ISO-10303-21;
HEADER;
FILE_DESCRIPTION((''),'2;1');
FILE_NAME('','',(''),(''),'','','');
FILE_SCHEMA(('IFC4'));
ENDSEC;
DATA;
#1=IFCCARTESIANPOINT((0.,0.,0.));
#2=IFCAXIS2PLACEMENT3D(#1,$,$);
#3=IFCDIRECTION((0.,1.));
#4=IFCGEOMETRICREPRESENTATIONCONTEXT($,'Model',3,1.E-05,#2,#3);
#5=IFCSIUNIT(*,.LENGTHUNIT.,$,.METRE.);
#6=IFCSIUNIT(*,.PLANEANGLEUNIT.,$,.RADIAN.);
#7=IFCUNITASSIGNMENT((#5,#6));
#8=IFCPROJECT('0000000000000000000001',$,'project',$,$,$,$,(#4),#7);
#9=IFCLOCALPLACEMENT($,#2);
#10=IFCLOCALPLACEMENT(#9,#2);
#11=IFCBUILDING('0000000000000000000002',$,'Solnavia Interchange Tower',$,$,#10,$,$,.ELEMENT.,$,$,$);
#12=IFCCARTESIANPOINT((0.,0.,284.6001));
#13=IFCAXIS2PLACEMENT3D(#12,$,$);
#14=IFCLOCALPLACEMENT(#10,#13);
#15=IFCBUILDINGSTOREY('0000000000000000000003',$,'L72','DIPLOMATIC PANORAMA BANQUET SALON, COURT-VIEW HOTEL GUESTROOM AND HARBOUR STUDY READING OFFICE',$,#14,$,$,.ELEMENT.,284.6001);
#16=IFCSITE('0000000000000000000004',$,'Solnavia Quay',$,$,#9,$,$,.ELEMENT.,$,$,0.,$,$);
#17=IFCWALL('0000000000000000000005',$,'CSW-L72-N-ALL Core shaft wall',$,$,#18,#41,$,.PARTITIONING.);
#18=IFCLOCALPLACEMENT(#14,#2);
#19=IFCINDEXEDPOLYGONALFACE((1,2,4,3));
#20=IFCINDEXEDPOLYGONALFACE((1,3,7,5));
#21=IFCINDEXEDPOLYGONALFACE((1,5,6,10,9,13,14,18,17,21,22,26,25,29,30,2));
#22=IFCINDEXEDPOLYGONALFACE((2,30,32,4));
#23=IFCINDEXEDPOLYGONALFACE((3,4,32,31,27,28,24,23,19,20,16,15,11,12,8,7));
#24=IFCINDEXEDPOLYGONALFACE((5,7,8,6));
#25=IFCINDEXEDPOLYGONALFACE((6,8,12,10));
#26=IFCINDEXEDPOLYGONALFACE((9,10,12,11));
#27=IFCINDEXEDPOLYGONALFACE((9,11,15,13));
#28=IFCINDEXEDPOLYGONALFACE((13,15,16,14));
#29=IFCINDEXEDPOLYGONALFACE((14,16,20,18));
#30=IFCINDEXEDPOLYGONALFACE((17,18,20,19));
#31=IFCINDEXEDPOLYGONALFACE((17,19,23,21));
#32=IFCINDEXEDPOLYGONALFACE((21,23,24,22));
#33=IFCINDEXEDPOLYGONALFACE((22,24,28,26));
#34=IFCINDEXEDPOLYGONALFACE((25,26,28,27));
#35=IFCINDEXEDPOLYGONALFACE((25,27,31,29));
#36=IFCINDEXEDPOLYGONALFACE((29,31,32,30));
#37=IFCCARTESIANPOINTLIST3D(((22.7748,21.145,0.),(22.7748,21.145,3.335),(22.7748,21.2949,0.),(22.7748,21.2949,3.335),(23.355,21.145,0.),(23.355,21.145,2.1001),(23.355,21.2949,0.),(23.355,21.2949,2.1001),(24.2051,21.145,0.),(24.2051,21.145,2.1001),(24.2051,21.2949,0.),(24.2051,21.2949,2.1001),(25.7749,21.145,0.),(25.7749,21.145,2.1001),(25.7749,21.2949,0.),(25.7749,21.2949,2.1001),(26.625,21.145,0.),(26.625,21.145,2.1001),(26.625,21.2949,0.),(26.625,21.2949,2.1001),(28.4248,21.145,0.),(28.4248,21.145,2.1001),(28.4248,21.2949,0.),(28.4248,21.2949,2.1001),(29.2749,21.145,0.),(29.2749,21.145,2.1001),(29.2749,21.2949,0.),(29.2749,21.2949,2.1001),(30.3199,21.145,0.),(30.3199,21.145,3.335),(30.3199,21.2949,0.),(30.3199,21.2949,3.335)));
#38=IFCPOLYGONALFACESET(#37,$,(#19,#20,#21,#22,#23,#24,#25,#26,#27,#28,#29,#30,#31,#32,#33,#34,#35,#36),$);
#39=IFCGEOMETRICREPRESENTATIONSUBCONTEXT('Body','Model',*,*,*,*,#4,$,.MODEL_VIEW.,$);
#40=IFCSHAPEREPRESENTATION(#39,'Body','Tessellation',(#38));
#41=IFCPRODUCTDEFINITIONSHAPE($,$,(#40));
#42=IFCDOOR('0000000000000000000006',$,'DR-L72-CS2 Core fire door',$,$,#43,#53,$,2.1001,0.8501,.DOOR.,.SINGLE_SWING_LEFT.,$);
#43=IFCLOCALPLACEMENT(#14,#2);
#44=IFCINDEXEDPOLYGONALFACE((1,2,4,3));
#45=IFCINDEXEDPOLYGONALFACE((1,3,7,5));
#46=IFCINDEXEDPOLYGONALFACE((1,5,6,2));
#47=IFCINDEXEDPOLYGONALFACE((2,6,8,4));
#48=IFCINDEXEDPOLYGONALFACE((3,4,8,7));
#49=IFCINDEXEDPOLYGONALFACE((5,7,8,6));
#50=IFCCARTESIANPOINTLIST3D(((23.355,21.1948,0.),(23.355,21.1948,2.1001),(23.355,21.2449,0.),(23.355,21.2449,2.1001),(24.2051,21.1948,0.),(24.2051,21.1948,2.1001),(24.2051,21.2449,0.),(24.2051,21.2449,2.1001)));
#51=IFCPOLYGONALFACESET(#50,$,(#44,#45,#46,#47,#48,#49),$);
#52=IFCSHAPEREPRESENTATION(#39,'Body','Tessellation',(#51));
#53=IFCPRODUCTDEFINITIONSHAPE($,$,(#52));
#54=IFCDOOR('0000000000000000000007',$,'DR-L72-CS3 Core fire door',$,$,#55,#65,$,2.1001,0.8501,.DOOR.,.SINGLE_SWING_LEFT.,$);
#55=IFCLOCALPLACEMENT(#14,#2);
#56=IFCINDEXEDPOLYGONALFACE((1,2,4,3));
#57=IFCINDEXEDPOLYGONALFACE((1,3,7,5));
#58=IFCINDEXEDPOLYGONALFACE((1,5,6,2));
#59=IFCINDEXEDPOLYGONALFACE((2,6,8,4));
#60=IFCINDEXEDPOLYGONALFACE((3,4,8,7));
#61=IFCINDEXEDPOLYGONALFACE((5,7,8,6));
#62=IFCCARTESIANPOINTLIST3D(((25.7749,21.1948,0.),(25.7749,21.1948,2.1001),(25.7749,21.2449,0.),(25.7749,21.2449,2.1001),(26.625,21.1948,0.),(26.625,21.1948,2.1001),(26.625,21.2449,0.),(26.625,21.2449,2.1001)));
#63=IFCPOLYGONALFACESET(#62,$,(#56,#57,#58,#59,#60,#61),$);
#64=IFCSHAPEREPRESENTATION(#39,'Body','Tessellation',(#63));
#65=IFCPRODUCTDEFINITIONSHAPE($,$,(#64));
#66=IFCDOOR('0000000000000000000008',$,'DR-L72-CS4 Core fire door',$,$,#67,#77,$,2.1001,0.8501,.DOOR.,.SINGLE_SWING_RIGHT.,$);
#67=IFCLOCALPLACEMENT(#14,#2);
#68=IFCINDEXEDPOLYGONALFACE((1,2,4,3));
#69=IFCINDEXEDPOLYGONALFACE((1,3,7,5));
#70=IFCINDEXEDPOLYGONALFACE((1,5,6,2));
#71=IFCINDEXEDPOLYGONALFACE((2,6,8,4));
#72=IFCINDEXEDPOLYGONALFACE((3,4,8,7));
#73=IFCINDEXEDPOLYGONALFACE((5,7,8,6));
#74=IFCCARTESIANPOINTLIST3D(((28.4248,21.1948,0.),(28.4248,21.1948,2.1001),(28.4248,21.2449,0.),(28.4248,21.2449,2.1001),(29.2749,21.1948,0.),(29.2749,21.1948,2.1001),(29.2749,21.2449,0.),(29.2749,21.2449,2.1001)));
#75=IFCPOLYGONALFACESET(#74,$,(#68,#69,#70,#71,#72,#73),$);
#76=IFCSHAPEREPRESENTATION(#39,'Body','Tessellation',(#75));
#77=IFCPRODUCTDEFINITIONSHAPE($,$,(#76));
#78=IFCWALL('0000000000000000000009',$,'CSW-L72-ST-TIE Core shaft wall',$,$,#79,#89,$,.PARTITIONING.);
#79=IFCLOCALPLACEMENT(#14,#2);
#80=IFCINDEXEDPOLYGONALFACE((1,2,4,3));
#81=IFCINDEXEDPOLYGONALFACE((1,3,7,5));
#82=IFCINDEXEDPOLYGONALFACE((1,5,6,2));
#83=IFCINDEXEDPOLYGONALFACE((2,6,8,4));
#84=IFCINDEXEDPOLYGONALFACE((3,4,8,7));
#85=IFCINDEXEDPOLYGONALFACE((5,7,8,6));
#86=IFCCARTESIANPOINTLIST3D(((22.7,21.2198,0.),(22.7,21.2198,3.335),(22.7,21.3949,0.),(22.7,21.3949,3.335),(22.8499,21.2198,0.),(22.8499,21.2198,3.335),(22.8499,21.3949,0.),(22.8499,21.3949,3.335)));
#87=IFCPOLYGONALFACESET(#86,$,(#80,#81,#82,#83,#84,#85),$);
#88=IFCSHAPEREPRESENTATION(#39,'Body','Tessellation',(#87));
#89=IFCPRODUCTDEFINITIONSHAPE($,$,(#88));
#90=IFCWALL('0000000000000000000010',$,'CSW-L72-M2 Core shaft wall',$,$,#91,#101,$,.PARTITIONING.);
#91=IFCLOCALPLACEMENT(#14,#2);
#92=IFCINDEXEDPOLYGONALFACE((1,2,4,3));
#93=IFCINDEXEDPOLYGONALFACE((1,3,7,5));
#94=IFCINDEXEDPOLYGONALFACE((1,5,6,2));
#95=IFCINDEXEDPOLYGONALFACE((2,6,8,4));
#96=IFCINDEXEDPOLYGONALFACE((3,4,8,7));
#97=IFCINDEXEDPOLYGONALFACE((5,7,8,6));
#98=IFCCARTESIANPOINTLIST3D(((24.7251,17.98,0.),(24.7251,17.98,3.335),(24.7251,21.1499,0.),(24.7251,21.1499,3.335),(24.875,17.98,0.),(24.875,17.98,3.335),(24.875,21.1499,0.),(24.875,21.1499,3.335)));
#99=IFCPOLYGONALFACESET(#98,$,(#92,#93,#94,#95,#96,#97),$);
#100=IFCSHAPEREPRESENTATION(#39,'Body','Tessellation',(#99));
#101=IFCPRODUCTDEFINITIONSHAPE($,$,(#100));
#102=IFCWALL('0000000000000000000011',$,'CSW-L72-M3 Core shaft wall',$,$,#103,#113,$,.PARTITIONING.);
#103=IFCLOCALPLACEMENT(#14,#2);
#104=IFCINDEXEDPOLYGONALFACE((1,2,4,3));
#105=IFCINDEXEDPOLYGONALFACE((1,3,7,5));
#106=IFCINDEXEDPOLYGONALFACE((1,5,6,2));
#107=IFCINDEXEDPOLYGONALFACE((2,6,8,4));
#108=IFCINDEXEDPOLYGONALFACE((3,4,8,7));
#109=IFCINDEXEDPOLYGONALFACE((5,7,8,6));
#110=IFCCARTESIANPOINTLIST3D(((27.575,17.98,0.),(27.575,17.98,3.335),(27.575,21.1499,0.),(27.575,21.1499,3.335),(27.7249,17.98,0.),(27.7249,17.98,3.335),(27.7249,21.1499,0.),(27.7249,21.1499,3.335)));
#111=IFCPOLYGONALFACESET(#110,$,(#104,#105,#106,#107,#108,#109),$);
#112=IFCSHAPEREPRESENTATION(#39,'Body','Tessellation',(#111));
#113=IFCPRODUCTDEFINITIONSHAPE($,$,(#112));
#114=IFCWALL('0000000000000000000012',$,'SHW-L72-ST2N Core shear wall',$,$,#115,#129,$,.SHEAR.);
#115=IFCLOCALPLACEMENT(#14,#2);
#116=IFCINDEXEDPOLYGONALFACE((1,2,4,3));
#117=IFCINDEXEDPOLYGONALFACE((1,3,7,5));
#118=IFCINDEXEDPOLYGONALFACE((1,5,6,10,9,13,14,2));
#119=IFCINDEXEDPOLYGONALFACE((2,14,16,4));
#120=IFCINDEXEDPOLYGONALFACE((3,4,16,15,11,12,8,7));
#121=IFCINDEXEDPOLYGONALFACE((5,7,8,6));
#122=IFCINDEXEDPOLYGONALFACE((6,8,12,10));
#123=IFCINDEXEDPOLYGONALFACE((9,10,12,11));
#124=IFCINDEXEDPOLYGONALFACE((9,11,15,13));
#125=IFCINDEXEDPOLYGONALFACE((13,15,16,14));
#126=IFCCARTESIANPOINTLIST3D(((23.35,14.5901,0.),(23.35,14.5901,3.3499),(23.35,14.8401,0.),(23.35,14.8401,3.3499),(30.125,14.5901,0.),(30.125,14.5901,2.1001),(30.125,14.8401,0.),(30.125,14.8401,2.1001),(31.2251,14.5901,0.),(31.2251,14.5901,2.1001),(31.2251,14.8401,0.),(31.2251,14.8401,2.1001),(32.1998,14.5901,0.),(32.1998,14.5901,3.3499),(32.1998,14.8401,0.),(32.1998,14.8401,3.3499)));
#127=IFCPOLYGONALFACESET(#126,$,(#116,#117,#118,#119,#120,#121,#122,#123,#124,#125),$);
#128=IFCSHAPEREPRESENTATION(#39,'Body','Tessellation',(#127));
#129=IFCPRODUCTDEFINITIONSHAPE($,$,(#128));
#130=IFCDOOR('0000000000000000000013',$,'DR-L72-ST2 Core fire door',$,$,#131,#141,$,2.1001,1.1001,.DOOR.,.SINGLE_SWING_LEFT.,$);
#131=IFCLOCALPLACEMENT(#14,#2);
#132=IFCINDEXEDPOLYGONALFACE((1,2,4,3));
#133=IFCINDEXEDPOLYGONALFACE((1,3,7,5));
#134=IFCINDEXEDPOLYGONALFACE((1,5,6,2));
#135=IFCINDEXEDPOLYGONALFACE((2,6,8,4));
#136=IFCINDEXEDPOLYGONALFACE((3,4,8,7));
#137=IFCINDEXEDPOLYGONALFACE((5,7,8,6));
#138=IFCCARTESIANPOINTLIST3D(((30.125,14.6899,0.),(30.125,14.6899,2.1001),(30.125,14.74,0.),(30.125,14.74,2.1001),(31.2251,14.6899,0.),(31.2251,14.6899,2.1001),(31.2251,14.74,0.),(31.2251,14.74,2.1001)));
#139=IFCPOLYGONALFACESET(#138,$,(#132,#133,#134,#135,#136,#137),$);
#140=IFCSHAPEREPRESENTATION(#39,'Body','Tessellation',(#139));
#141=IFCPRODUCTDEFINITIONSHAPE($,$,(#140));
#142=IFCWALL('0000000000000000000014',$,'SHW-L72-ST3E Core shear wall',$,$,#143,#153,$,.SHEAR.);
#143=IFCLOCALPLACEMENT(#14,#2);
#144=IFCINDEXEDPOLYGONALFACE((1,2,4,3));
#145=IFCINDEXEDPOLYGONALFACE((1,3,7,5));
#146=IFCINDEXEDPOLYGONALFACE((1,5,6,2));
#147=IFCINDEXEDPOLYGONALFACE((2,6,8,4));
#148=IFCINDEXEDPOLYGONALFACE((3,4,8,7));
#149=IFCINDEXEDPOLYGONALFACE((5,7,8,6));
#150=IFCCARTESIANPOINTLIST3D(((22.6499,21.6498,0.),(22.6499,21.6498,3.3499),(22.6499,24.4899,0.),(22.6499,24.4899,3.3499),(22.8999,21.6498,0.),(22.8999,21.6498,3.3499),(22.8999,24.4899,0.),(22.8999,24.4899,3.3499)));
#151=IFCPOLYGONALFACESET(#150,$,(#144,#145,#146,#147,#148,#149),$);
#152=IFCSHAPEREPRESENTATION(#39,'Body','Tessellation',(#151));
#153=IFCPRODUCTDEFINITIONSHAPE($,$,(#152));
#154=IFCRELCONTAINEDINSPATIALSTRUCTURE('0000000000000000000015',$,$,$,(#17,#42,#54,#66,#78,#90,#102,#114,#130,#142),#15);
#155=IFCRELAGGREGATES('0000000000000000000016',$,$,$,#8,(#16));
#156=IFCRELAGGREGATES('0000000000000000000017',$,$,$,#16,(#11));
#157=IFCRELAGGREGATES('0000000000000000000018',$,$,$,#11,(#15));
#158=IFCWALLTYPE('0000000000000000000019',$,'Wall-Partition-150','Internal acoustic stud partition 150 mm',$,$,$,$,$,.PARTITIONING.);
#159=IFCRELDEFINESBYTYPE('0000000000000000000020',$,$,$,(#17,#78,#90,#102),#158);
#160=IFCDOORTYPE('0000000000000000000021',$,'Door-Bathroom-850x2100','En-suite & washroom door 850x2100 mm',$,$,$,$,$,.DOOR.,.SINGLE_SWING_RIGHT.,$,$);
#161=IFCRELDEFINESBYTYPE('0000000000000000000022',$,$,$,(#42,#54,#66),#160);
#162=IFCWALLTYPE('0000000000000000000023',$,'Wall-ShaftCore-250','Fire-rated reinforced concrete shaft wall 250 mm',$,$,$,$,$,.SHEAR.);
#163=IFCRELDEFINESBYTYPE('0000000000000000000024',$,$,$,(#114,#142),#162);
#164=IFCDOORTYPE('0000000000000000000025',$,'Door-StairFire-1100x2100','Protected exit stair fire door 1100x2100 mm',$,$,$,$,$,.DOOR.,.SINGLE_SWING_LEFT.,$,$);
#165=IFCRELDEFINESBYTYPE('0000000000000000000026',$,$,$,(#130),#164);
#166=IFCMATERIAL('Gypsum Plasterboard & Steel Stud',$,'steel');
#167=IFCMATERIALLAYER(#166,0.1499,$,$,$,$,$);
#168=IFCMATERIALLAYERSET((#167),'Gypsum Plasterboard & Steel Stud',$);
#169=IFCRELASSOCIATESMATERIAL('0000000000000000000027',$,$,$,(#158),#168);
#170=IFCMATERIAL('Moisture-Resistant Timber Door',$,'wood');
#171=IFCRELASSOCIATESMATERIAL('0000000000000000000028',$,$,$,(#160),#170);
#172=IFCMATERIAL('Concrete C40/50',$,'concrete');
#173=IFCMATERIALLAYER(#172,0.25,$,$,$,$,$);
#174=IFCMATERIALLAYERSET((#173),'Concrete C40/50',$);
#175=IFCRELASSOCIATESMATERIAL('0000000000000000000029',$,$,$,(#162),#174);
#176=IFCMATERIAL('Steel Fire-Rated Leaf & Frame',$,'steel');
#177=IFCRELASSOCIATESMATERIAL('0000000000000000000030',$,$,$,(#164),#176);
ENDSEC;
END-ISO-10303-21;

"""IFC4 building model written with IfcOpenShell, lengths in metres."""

from ifc_helpers import new_model, si_unit, direction, frame, frame_2d, origin, place, context, subcontext, project, spatial, rectangle, extrude, material, layer, layer_set, type_object, element, fill, save


model = new_model("IFC4")

# Units and contexts
model_context = context("Model", 3, precision=1e-05, world=origin(), true_north=direction((0.0, 1.0)))
body_context = subcontext(model_context, "Body", "Model", "MODEL_VIEW")
ifc_project = project(units=[si_unit("LENGTHUNIT", "METRE"), si_unit("PLANEANGLEUNIT", "RADIAN")], contexts=[model_context])

# Site, building, storey
site_placement = place(None, origin())
site = spatial("IfcSite", under=ifc_project, at=site_placement, Name="Solnavia Quay", CompositionType="ELEMENT", RefElevation=0.0)
building_placement = place(site_placement, origin())
building = spatial("IfcBuilding", under=site, at=building_placement, Name="Solnavia Interchange Tower", CompositionType="ELEMENT")
storey_placement = place(building_placement, frame((0.0, 0.0, 284.6001)))
storey = spatial("IfcBuildingStorey", under=building, at=storey_placement, Name="L72", Description="DIPLOMATIC PANORAMA BANQUET SALON, COURT-VIEW HOTEL GUESTROOM AND HARBOUR STUDY READING OFFICE", CompositionType="ELEMENT", Elevation=284.6001)

# Wall, openings, doors
ifc_material_1 = material(Name="Gypsum Plasterboard & Steel Stud", Category="steel")
ifc_layer_1 = layer(ifc_material_1, 0.1499)
ifc_layer_set_1 = layer_set([ifc_layer_1], Name="Gypsum Plasterboard & Steel Stud")
wall_type_1 = type_object("IfcWallType", Name="Wall-Partition-150", Description="Internal acoustic stud partition 150 mm", PredefinedType="PARTITIONING", material=ifc_layer_set_1)
wall_1_placement = place(storey_placement, frame((22.7749, 21.22, 0.0), z_axis=(0.0, 0.0, 1.0), x_axis=(1.0, 0.0, 0.0)))
wall_1 = element("IfcWall", 1, at=wall_1_placement, inside=storey, type_object=wall_type_1, Name="CSW-L72-N-ALL Core shaft wall", PredefinedType="PARTITIONING", context=body_context, shape_type="SweptSolid", body=[
    extrude(rectangle(XDim=7.5452, YDim=0.1499, at=frame_2d((3.7725, 0.0))), origin(), (0.0, 0.0, 1.0), 3.335),
])
opening_1_placement = place(wall_1_placement, frame((0.5801, 0.0, 0.0)))
opening_1 = element("IfcOpeningElement", 2, at=opening_1_placement, cuts=wall_1, PredefinedType="OPENING", context=body_context, shape_type="SweptSolid", body=[
    extrude(rectangle(XDim=0.8501, YDim=2.1001, at=frame_2d((0.425, 1.05))), frame((0.0, 0.085, 0.0), z_axis=(0.0, -1.0, 0.0), x_axis=(1.0, 0.0, 0.0)), (0.0, 0.0, 1.0), 0.1699),
])
opening_2_placement = place(wall_1_placement, frame((3.0, 0.0, 0.0)))
opening_2 = element("IfcOpeningElement", 3, at=opening_2_placement, cuts=wall_1, PredefinedType="OPENING", context=body_context, shape_type="SweptSolid", body=[
    extrude(rectangle(XDim=0.8501, YDim=2.1001, at=frame_2d((0.425, 1.05))), frame((0.0, 0.085, 0.0), z_axis=(0.0, -1.0, 0.0), x_axis=(1.0, 0.0, 0.0)), (0.0, 0.0, 1.0), 0.1699),
])
opening_3_placement = place(wall_1_placement, frame((5.6499, 0.0, 0.0)))
opening_3 = element("IfcOpeningElement", 4, at=opening_3_placement, cuts=wall_1, PredefinedType="OPENING", context=body_context, shape_type="SweptSolid", body=[
    extrude(rectangle(XDim=0.8501, YDim=2.1001, at=frame_2d((0.425, 1.05))), frame((0.0, 0.085, 0.0), z_axis=(0.0, -1.0, 0.0), x_axis=(1.0, 0.0, 0.0)), (0.0, 0.0, 1.0), 0.1699),
])
ifc_material_2 = material(Name="Moisture-Resistant Timber Door", Category="wood")
door_type_1 = type_object("IfcDoorType", Name="Door-Bathroom-850x2100", Description="En-suite & washroom door 850x2100 mm", OperationType="SINGLE_SWING_RIGHT", PredefinedType="DOOR", material=ifc_material_2)
door_1_placement = place(opening_1_placement, origin())
door_1 = element("IfcDoor", 5, at=door_1_placement, inside=storey, type_object=door_type_1, Name="DR-L72-CS2 Core fire door", OperationType="SINGLE_SWING_LEFT", OverallHeight=2.1001, OverallWidth=0.8501, PredefinedType="DOOR", context=body_context, shape_type="SweptSolid", body=[
    extrude(rectangle(XDim=0.8501, YDim=2.1001, at=frame_2d((0.425, 1.05))), frame((0.0, 0.0249, 0.0), z_axis=(0.0, -1.0, 0.0), x_axis=(1.0, 0.0, 0.0)), (0.0, 0.0, 1.0), 0.05),
])
fill(opening_1, door_1)
door_2_placement = place(opening_2_placement, origin())
door_2 = element("IfcDoor", 6, at=door_2_placement, inside=storey, type_object=door_type_1, Name="DR-L72-CS3 Core fire door", OperationType="SINGLE_SWING_LEFT", OverallHeight=2.1001, OverallWidth=0.8501, PredefinedType="DOOR", context=body_context, shape_type="SweptSolid", body=[
    extrude(rectangle(XDim=0.8501, YDim=2.1001, at=frame_2d((0.425, 1.05))), frame((0.0, 0.0249, 0.0), z_axis=(0.0, -1.0, 0.0), x_axis=(1.0, 0.0, 0.0)), (0.0, 0.0, 1.0), 0.05),
])
fill(opening_2, door_2)
door_3_placement = place(opening_3_placement, origin())
door_3 = element("IfcDoor", 7, at=door_3_placement, inside=storey, type_object=door_type_1, Name="DR-L72-CS4 Core fire door", OperationType="SINGLE_SWING_RIGHT", OverallHeight=2.1001, OverallWidth=0.8501, PredefinedType="DOOR", context=body_context, shape_type="SweptSolid", body=[
    extrude(rectangle(XDim=0.8501, YDim=2.1001, at=frame_2d((0.425, 1.05))), frame((0.0, 0.0249, 0.0), z_axis=(0.0, -1.0, 0.0), x_axis=(1.0, 0.0, 0.0)), (0.0, 0.0, 1.0), 0.05),
])
fill(opening_3, door_3)

# Walls
wall_2_placement = place(storey_placement, frame((22.7749, 21.22, 0.0), z_axis=(0.0, 0.0, 1.0), x_axis=(0.0, 1.0, 0.0)))
element("IfcWall", 8, at=wall_2_placement, inside=storey, type_object=wall_type_1, Name="CSW-L72-ST-TIE Core shaft wall", PredefinedType="PARTITIONING", context=body_context, shape_type="SweptSolid", body=[
    extrude(rectangle(XDim=0.175, YDim=0.1499, at=frame_2d((0.0874, 0.0))), origin(), (0.0, 0.0, 1.0), 3.335),
])
for number, where, z_axis, x_axis, name in (
    (9, (24.8, 17.98, 0.0), (0.0, 0.0, 1.0), (0.0, 1.0, 0.0), "CSW-L72-M2 Core shaft wall"),
    (10, (27.6499, 17.98, 0.0), (0.0, 0.0, 1.0), (0.0, 1.0, 0.0), "CSW-L72-M3 Core shaft wall"),
):
    element("IfcWall", number, at=place(storey_placement, frame(where, z_axis=z_axis, x_axis=x_axis)), inside=storey, type_object=wall_type_1, Name=name, PredefinedType="PARTITIONING", context=body_context, shape_type="SweptSolid", body=[
        extrude(rectangle(XDim=3.1699, YDim=0.1499, at=frame_2d((1.585, 0.0))), origin(), (0.0, 0.0, 1.0), 3.335),
    ])

# Wall, opening, door
ifc_material_3 = material(Name="Concrete C40/50", Category="concrete")
ifc_layer_2 = layer(ifc_material_3, 0.25)
ifc_layer_set_2 = layer_set([ifc_layer_2], Name="Concrete C40/50")
wall_type_2 = type_object("IfcWallType", Name="Wall-ShaftCore-250", Description="Fire-rated reinforced concrete shaft wall 250 mm", PredefinedType="SHEAR", material=ifc_layer_set_2)
wall_3_placement = place(storey_placement, frame((23.3501, 14.7151, 0.0), z_axis=(0.0, 0.0, 1.0), x_axis=(1.0, 0.0, 0.0)))
wall_3 = element("IfcWall", 11, at=wall_3_placement, inside=storey, type_object=wall_type_2, Name="SHW-L72-ST2N Core shear wall", PredefinedType="SHEAR", context=body_context, shape_type="SweptSolid", body=[
    extrude(rectangle(XDim=8.8499, YDim=0.25, at=frame_2d((4.4248, 0.0))), origin(), (0.0, 0.0, 1.0), 3.3499),
])
opening_4_placement = place(wall_3_placement, frame((6.7749, 0.0, 0.0)))
opening_4 = element("IfcOpeningElement", 12, at=opening_4_placement, cuts=wall_3, PredefinedType="OPENING", context=body_context, shape_type="SweptSolid", body=[
    extrude(rectangle(XDim=1.1001, YDim=2.1001, at=frame_2d((0.55, 1.05))), frame((0.0, 0.135, 0.0), z_axis=(0.0, -1.0, 0.0), x_axis=(1.0, 0.0, 0.0)), (0.0, 0.0, 1.0), 0.27),
])
ifc_material_4 = material(Name="Steel Fire-Rated Leaf & Frame", Category="steel")
door_type_2 = type_object("IfcDoorType", Name="Door-StairFire-1100x2100", Description="Protected exit stair fire door 1100x2100 mm", OperationType="SINGLE_SWING_LEFT", PredefinedType="DOOR", material=ifc_material_4)
door_4_placement = place(opening_4_placement, origin())
door_4 = element("IfcDoor", 13, at=door_4_placement, inside=storey, type_object=door_type_2, Name="DR-L72-ST2 Core fire door", OperationType="SINGLE_SWING_LEFT", OverallHeight=2.1001, OverallWidth=1.1001, PredefinedType="DOOR", context=body_context, shape_type="SweptSolid", body=[
    extrude(rectangle(XDim=1.1001, YDim=2.1001, at=frame_2d((0.55, 1.05))), frame((0.0, 0.0249, 0.0), z_axis=(0.0, -1.0, 0.0), x_axis=(1.0, 0.0, 0.0)), (0.0, 0.0, 1.0), 0.05),
])
fill(opening_4, door_4)

# Wall
wall_4_placement = place(storey_placement, frame((22.7749, 21.6499, 0.0), z_axis=(0.0, 0.0, 1.0), x_axis=(0.0, 1.0, 0.0)))
element("IfcWall", 14, at=wall_4_placement, inside=storey, type_object=wall_type_2, Name="SHW-L72-ST3E Core shear wall", PredefinedType="SHEAR", context=body_context, shape_type="SweptSolid", body=[
    extrude(rectangle(XDim=2.8401, YDim=0.25, at=frame_2d((1.4199, 0.0))), origin(), (0.0, 0.0, 1.0), 3.3499),
])

save(model, "model.ifc")
